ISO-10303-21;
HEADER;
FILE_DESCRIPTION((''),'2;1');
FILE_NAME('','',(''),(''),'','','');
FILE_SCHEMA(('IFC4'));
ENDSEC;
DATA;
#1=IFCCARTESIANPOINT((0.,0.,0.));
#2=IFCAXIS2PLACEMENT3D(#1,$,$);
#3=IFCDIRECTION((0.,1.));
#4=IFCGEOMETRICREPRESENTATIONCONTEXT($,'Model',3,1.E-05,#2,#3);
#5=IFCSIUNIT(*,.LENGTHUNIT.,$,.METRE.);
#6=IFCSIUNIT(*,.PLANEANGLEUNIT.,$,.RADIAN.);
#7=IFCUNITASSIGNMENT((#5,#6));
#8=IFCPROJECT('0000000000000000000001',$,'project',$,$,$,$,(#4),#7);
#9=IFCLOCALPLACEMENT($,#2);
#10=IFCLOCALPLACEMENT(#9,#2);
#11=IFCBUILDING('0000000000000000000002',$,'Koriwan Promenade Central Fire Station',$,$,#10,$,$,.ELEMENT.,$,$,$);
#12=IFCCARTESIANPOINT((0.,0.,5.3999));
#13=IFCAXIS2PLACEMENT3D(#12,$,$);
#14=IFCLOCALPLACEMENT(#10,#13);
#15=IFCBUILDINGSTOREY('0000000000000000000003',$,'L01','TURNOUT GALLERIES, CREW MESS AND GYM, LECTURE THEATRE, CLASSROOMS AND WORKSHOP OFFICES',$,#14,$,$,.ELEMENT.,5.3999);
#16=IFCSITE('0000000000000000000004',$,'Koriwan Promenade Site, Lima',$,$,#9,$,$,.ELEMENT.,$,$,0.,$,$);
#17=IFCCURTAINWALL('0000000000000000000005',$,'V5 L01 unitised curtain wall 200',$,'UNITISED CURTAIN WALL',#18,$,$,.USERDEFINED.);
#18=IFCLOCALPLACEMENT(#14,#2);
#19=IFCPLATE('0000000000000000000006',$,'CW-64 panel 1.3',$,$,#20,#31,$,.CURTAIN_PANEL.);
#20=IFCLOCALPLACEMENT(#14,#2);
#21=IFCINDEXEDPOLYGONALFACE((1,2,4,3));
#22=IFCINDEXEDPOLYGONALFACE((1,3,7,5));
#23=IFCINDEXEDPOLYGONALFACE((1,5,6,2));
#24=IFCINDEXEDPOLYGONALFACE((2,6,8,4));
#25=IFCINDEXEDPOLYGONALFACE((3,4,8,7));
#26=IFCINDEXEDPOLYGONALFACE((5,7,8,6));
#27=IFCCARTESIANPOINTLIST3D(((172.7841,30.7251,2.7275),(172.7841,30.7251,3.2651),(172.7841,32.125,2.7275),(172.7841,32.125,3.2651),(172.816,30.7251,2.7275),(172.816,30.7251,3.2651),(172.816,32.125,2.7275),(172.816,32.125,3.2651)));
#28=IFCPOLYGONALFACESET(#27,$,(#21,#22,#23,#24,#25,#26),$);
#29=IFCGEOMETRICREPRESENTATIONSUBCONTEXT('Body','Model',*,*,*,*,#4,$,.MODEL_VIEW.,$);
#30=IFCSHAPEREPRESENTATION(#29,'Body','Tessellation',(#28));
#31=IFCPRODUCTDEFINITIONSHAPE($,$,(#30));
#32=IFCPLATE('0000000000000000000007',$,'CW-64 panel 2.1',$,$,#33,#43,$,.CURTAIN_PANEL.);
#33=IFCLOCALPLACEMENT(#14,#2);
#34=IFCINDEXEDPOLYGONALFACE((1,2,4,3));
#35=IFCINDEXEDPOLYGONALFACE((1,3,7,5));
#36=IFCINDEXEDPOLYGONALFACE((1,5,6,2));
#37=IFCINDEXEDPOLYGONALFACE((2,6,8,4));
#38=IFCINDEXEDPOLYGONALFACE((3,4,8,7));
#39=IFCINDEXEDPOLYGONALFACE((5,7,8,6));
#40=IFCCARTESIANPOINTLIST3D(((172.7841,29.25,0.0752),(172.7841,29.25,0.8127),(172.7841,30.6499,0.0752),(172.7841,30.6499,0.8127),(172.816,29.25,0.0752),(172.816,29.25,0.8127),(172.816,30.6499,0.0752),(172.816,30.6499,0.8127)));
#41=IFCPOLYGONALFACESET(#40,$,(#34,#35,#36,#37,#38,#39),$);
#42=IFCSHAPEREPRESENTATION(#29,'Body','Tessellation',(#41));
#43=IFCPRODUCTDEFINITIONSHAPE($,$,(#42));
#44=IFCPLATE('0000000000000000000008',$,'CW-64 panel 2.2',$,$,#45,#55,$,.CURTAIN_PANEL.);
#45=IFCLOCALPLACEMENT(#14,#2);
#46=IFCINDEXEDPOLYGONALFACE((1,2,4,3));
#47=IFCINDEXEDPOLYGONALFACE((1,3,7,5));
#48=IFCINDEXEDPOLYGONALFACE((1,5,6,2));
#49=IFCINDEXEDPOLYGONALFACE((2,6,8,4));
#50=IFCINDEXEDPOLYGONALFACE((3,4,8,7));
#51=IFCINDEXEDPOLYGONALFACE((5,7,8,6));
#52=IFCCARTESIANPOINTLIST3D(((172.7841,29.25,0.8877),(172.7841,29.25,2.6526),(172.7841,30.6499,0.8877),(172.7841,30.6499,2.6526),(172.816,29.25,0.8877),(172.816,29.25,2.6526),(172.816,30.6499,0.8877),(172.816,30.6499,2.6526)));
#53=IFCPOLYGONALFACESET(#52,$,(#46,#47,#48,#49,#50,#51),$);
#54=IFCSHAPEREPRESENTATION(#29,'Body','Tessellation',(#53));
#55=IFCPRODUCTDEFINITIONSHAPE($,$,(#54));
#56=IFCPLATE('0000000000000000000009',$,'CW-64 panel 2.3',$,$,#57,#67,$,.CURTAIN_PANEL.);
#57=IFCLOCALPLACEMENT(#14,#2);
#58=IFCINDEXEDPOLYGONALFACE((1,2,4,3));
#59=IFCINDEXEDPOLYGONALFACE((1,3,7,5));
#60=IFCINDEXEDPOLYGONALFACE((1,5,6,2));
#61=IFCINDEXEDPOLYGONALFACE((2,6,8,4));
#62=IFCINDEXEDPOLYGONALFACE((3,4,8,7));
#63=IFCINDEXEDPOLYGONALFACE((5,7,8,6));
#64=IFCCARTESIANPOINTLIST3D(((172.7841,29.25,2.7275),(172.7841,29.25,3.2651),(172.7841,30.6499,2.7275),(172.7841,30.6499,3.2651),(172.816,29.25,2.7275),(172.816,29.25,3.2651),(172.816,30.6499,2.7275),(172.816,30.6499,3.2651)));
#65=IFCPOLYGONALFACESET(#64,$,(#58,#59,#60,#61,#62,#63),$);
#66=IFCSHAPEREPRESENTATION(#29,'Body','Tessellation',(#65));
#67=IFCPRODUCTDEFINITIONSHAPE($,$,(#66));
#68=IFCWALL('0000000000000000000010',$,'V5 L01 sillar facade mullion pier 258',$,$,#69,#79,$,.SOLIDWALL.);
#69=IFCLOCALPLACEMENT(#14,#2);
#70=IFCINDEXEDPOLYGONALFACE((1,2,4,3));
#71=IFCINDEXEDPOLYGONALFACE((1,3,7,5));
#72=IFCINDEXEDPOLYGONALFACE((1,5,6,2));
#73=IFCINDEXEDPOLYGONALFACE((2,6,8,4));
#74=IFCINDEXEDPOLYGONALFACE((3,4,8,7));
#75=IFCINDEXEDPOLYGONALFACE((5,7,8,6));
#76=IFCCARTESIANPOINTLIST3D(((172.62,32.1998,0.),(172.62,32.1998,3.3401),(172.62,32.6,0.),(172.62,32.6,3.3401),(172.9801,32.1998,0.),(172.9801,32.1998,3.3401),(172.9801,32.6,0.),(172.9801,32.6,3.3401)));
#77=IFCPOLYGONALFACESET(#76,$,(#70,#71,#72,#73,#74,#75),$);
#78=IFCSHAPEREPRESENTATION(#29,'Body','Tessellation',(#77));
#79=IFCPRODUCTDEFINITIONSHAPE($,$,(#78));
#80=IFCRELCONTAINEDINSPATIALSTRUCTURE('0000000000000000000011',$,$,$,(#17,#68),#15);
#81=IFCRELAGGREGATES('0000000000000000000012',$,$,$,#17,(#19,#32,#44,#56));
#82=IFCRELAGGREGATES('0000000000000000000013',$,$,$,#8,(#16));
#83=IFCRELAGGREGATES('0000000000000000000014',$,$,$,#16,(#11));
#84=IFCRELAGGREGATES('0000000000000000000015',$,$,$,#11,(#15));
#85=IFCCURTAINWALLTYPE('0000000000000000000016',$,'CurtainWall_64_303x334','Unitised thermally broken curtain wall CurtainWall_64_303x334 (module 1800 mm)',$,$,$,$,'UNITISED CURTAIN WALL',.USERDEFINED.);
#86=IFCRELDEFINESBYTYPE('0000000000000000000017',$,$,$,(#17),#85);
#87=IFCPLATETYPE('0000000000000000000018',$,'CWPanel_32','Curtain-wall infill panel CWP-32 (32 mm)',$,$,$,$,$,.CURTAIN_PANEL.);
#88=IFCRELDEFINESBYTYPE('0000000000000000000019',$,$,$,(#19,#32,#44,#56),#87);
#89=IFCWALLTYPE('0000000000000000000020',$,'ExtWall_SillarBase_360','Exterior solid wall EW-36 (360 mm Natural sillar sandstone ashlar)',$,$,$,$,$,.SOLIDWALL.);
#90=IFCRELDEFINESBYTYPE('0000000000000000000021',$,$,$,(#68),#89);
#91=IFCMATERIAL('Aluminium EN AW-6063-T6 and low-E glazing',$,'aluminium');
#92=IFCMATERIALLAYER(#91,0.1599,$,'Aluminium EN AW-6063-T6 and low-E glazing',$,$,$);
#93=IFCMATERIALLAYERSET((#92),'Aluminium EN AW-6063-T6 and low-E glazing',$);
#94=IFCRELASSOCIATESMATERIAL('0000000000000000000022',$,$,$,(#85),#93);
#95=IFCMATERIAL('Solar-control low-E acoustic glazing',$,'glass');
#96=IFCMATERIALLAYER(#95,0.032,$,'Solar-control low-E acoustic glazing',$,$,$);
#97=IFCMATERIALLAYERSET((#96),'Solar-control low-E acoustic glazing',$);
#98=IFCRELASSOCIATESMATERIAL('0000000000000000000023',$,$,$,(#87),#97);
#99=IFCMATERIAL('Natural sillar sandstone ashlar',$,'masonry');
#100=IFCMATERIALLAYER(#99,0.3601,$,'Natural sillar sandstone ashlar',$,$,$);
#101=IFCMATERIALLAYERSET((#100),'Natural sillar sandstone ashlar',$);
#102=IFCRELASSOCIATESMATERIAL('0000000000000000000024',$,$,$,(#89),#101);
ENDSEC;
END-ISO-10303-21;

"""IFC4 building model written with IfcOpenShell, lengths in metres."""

from ifc_helpers import new_model, si_unit, direction, frame, frame_2d, origin, origin_2d, place, context, subcontext, project, spatial, rectangle, extrude, material, layer, layer_set, type_object, element, aggregate, save


model = new_model("IFC4")

# Units and contexts
model_context = context("Model", 3, precision=1e-05, world=origin(), true_north=direction((0.0, 1.0)))
body_context = subcontext(model_context, "Body", "Model", "MODEL_VIEW")
ifc_project = project(units=[si_unit("LENGTHUNIT", "METRE"), si_unit("PLANEANGLEUNIT", "RADIAN")], contexts=[model_context])

# Site, building, storey
site_placement = place(None, origin())
site = spatial("IfcSite", under=ifc_project, at=site_placement, Name="Koriwan Promenade Site, Lima", CompositionType="ELEMENT", RefElevation=0.0)
building_placement = place(site_placement, origin())
building = spatial("IfcBuilding", under=site, at=building_placement, Name="Koriwan Promenade Central Fire Station", CompositionType="ELEMENT")
storey_placement = place(building_placement, frame((0.0, 0.0, 5.3999)))
storey = spatial("IfcBuildingStorey", under=building, at=storey_placement, Name="L01", Description="TURNOUT GALLERIES, CREW MESS AND GYM, LECTURE THEATRE, CLASSROOMS AND WORKSHOP OFFICES", CompositionType="ELEMENT", Elevation=5.3999)

# Curtain wall
ifc_material_1 = material(Name="Aluminium EN AW-6063-T6 and low-E glazing", Category="aluminium")
ifc_layer_1 = layer(ifc_material_1, 0.1599, Name="Aluminium EN AW-6063-T6 and low-E glazing")
ifc_layer_set_1 = layer_set([ifc_layer_1], Name="Aluminium EN AW-6063-T6 and low-E glazing")
curtain_wall_type_1 = type_object("IfcCurtainWallType", Name="CurtainWall_64_303x334", Description="Unitised thermally broken curtain wall CurtainWall_64_303x334 (module 1800 mm)", ElementType="UNITISED CURTAIN WALL", PredefinedType="USERDEFINED", material=ifc_layer_set_1)
curtain_wall_1_placement = place(storey_placement, origin())
curtain_wall_1 = element("IfcCurtainWall", 1, at=curtain_wall_1_placement, inside=storey, type_object=curtain_wall_type_1, Name="V5 L01 unitised curtain wall 200", ObjectType="UNITISED CURTAIN WALL", PredefinedType="USERDEFINED")

# Plates
ifc_material_2 = material(Name="Solar-control low-E acoustic glazing", Category="glass")
ifc_layer_2 = layer(ifc_material_2, 0.032, Name="Solar-control low-E acoustic glazing")
ifc_layer_set_2 = layer_set([ifc_layer_2], Name="Solar-control low-E acoustic glazing")
plate_type = type_object("IfcPlateType", Name="CWPanel_32", Description="Curtain-wall infill panel CWP-32 (32 mm)", PredefinedType="CURTAIN_PANEL", material=ifc_layer_set_2)
plate_1_placement = place(storey_placement, frame((172.8, 31.425, 2.7275), z_axis=(0.0, 0.0, 1.0), x_axis=(0.0, -1.0, 0.0)))
plate_1 = element("IfcPlate", 2, at=plate_1_placement, type_object=plate_type, Name="CW-64 panel 1.3", PredefinedType="CURTAIN_PANEL", context=body_context, shape_type="SweptSolid", body=[
    extrude(rectangle(XDim=1.3999, YDim=0.032, at=origin_2d()), origin(), (0.0, 0.0, 1.0), 0.5376),
])
plate_2_placement = place(storey_placement, frame((172.8, 29.95, 0.0752), z_axis=(0.0, 0.0, 1.0), x_axis=(0.0, -1.0, 0.0)))
plate_2 = element("IfcPlate", 3, at=plate_2_placement, type_object=plate_type, Name="CW-64 panel 2.1", PredefinedType="CURTAIN_PANEL", context=body_context, shape_type="SweptSolid", body=[
    extrude(rectangle(XDim=1.3999, YDim=0.032, at=origin_2d()), origin(), (0.0, 0.0, 1.0), 0.7375),
])
plate_3_placement = place(storey_placement, frame((172.8, 29.95, 0.8877), z_axis=(0.0, 0.0, 1.0), x_axis=(0.0, -1.0, 0.0)))
plate_3 = element("IfcPlate", 4, at=plate_3_placement, type_object=plate_type, Name="CW-64 panel 2.2", PredefinedType="CURTAIN_PANEL", context=body_context, shape_type="SweptSolid", body=[
    extrude(rectangle(XDim=1.3999, YDim=0.032, at=origin_2d()), origin(), (0.0, 0.0, 1.0), 1.7649),
])
plate_4_placement = place(storey_placement, frame((172.8, 29.95, 2.7275), z_axis=(0.0, 0.0, 1.0), x_axis=(0.0, -1.0, 0.0)))
plate_4 = element("IfcPlate", 5, at=plate_4_placement, type_object=plate_type, Name="CW-64 panel 2.3", PredefinedType="CURTAIN_PANEL", context=body_context, shape_type="SweptSolid", body=[
    extrude(rectangle(XDim=1.3999, YDim=0.032, at=origin_2d()), origin(), (0.0, 0.0, 1.0), 0.5376),
])
aggregate(curtain_wall_1, [plate_1, plate_2, plate_3, plate_4])

# Wall
ifc_material_3 = material(Name="Natural sillar sandstone ashlar", Category="masonry")
ifc_layer_3 = layer(ifc_material_3, 0.3601, Name="Natural sillar sandstone ashlar")
ifc_layer_set_3 = layer_set([ifc_layer_3], Name="Natural sillar sandstone ashlar")
wall_type = type_object("IfcWallType", Name="ExtWall_SillarBase_360", Description="Exterior solid wall EW-36 (360 mm Natural sillar sandstone ashlar)", PredefinedType="SOLIDWALL", material=ifc_layer_set_3)
wall_placement = place(storey_placement, frame((172.8, 32.6001, 0.0), z_axis=(0.0, 0.0, 1.0), x_axis=(0.0, -1.0, 0.0)))
element("IfcWall", 6, at=wall_placement, inside=storey, type_object=wall_type, Name="V5 L01 sillar facade mullion pier 258", PredefinedType="SOLIDWALL", context=body_context, shape_type="SweptSolid", body=[
    extrude(rectangle(XDim=0.4001, YDim=0.3601, at=frame_2d((0.2002, 0.0))), origin(), (0.0, 0.0, 1.0), 3.3401),
])

save(model, "model.ifc")
